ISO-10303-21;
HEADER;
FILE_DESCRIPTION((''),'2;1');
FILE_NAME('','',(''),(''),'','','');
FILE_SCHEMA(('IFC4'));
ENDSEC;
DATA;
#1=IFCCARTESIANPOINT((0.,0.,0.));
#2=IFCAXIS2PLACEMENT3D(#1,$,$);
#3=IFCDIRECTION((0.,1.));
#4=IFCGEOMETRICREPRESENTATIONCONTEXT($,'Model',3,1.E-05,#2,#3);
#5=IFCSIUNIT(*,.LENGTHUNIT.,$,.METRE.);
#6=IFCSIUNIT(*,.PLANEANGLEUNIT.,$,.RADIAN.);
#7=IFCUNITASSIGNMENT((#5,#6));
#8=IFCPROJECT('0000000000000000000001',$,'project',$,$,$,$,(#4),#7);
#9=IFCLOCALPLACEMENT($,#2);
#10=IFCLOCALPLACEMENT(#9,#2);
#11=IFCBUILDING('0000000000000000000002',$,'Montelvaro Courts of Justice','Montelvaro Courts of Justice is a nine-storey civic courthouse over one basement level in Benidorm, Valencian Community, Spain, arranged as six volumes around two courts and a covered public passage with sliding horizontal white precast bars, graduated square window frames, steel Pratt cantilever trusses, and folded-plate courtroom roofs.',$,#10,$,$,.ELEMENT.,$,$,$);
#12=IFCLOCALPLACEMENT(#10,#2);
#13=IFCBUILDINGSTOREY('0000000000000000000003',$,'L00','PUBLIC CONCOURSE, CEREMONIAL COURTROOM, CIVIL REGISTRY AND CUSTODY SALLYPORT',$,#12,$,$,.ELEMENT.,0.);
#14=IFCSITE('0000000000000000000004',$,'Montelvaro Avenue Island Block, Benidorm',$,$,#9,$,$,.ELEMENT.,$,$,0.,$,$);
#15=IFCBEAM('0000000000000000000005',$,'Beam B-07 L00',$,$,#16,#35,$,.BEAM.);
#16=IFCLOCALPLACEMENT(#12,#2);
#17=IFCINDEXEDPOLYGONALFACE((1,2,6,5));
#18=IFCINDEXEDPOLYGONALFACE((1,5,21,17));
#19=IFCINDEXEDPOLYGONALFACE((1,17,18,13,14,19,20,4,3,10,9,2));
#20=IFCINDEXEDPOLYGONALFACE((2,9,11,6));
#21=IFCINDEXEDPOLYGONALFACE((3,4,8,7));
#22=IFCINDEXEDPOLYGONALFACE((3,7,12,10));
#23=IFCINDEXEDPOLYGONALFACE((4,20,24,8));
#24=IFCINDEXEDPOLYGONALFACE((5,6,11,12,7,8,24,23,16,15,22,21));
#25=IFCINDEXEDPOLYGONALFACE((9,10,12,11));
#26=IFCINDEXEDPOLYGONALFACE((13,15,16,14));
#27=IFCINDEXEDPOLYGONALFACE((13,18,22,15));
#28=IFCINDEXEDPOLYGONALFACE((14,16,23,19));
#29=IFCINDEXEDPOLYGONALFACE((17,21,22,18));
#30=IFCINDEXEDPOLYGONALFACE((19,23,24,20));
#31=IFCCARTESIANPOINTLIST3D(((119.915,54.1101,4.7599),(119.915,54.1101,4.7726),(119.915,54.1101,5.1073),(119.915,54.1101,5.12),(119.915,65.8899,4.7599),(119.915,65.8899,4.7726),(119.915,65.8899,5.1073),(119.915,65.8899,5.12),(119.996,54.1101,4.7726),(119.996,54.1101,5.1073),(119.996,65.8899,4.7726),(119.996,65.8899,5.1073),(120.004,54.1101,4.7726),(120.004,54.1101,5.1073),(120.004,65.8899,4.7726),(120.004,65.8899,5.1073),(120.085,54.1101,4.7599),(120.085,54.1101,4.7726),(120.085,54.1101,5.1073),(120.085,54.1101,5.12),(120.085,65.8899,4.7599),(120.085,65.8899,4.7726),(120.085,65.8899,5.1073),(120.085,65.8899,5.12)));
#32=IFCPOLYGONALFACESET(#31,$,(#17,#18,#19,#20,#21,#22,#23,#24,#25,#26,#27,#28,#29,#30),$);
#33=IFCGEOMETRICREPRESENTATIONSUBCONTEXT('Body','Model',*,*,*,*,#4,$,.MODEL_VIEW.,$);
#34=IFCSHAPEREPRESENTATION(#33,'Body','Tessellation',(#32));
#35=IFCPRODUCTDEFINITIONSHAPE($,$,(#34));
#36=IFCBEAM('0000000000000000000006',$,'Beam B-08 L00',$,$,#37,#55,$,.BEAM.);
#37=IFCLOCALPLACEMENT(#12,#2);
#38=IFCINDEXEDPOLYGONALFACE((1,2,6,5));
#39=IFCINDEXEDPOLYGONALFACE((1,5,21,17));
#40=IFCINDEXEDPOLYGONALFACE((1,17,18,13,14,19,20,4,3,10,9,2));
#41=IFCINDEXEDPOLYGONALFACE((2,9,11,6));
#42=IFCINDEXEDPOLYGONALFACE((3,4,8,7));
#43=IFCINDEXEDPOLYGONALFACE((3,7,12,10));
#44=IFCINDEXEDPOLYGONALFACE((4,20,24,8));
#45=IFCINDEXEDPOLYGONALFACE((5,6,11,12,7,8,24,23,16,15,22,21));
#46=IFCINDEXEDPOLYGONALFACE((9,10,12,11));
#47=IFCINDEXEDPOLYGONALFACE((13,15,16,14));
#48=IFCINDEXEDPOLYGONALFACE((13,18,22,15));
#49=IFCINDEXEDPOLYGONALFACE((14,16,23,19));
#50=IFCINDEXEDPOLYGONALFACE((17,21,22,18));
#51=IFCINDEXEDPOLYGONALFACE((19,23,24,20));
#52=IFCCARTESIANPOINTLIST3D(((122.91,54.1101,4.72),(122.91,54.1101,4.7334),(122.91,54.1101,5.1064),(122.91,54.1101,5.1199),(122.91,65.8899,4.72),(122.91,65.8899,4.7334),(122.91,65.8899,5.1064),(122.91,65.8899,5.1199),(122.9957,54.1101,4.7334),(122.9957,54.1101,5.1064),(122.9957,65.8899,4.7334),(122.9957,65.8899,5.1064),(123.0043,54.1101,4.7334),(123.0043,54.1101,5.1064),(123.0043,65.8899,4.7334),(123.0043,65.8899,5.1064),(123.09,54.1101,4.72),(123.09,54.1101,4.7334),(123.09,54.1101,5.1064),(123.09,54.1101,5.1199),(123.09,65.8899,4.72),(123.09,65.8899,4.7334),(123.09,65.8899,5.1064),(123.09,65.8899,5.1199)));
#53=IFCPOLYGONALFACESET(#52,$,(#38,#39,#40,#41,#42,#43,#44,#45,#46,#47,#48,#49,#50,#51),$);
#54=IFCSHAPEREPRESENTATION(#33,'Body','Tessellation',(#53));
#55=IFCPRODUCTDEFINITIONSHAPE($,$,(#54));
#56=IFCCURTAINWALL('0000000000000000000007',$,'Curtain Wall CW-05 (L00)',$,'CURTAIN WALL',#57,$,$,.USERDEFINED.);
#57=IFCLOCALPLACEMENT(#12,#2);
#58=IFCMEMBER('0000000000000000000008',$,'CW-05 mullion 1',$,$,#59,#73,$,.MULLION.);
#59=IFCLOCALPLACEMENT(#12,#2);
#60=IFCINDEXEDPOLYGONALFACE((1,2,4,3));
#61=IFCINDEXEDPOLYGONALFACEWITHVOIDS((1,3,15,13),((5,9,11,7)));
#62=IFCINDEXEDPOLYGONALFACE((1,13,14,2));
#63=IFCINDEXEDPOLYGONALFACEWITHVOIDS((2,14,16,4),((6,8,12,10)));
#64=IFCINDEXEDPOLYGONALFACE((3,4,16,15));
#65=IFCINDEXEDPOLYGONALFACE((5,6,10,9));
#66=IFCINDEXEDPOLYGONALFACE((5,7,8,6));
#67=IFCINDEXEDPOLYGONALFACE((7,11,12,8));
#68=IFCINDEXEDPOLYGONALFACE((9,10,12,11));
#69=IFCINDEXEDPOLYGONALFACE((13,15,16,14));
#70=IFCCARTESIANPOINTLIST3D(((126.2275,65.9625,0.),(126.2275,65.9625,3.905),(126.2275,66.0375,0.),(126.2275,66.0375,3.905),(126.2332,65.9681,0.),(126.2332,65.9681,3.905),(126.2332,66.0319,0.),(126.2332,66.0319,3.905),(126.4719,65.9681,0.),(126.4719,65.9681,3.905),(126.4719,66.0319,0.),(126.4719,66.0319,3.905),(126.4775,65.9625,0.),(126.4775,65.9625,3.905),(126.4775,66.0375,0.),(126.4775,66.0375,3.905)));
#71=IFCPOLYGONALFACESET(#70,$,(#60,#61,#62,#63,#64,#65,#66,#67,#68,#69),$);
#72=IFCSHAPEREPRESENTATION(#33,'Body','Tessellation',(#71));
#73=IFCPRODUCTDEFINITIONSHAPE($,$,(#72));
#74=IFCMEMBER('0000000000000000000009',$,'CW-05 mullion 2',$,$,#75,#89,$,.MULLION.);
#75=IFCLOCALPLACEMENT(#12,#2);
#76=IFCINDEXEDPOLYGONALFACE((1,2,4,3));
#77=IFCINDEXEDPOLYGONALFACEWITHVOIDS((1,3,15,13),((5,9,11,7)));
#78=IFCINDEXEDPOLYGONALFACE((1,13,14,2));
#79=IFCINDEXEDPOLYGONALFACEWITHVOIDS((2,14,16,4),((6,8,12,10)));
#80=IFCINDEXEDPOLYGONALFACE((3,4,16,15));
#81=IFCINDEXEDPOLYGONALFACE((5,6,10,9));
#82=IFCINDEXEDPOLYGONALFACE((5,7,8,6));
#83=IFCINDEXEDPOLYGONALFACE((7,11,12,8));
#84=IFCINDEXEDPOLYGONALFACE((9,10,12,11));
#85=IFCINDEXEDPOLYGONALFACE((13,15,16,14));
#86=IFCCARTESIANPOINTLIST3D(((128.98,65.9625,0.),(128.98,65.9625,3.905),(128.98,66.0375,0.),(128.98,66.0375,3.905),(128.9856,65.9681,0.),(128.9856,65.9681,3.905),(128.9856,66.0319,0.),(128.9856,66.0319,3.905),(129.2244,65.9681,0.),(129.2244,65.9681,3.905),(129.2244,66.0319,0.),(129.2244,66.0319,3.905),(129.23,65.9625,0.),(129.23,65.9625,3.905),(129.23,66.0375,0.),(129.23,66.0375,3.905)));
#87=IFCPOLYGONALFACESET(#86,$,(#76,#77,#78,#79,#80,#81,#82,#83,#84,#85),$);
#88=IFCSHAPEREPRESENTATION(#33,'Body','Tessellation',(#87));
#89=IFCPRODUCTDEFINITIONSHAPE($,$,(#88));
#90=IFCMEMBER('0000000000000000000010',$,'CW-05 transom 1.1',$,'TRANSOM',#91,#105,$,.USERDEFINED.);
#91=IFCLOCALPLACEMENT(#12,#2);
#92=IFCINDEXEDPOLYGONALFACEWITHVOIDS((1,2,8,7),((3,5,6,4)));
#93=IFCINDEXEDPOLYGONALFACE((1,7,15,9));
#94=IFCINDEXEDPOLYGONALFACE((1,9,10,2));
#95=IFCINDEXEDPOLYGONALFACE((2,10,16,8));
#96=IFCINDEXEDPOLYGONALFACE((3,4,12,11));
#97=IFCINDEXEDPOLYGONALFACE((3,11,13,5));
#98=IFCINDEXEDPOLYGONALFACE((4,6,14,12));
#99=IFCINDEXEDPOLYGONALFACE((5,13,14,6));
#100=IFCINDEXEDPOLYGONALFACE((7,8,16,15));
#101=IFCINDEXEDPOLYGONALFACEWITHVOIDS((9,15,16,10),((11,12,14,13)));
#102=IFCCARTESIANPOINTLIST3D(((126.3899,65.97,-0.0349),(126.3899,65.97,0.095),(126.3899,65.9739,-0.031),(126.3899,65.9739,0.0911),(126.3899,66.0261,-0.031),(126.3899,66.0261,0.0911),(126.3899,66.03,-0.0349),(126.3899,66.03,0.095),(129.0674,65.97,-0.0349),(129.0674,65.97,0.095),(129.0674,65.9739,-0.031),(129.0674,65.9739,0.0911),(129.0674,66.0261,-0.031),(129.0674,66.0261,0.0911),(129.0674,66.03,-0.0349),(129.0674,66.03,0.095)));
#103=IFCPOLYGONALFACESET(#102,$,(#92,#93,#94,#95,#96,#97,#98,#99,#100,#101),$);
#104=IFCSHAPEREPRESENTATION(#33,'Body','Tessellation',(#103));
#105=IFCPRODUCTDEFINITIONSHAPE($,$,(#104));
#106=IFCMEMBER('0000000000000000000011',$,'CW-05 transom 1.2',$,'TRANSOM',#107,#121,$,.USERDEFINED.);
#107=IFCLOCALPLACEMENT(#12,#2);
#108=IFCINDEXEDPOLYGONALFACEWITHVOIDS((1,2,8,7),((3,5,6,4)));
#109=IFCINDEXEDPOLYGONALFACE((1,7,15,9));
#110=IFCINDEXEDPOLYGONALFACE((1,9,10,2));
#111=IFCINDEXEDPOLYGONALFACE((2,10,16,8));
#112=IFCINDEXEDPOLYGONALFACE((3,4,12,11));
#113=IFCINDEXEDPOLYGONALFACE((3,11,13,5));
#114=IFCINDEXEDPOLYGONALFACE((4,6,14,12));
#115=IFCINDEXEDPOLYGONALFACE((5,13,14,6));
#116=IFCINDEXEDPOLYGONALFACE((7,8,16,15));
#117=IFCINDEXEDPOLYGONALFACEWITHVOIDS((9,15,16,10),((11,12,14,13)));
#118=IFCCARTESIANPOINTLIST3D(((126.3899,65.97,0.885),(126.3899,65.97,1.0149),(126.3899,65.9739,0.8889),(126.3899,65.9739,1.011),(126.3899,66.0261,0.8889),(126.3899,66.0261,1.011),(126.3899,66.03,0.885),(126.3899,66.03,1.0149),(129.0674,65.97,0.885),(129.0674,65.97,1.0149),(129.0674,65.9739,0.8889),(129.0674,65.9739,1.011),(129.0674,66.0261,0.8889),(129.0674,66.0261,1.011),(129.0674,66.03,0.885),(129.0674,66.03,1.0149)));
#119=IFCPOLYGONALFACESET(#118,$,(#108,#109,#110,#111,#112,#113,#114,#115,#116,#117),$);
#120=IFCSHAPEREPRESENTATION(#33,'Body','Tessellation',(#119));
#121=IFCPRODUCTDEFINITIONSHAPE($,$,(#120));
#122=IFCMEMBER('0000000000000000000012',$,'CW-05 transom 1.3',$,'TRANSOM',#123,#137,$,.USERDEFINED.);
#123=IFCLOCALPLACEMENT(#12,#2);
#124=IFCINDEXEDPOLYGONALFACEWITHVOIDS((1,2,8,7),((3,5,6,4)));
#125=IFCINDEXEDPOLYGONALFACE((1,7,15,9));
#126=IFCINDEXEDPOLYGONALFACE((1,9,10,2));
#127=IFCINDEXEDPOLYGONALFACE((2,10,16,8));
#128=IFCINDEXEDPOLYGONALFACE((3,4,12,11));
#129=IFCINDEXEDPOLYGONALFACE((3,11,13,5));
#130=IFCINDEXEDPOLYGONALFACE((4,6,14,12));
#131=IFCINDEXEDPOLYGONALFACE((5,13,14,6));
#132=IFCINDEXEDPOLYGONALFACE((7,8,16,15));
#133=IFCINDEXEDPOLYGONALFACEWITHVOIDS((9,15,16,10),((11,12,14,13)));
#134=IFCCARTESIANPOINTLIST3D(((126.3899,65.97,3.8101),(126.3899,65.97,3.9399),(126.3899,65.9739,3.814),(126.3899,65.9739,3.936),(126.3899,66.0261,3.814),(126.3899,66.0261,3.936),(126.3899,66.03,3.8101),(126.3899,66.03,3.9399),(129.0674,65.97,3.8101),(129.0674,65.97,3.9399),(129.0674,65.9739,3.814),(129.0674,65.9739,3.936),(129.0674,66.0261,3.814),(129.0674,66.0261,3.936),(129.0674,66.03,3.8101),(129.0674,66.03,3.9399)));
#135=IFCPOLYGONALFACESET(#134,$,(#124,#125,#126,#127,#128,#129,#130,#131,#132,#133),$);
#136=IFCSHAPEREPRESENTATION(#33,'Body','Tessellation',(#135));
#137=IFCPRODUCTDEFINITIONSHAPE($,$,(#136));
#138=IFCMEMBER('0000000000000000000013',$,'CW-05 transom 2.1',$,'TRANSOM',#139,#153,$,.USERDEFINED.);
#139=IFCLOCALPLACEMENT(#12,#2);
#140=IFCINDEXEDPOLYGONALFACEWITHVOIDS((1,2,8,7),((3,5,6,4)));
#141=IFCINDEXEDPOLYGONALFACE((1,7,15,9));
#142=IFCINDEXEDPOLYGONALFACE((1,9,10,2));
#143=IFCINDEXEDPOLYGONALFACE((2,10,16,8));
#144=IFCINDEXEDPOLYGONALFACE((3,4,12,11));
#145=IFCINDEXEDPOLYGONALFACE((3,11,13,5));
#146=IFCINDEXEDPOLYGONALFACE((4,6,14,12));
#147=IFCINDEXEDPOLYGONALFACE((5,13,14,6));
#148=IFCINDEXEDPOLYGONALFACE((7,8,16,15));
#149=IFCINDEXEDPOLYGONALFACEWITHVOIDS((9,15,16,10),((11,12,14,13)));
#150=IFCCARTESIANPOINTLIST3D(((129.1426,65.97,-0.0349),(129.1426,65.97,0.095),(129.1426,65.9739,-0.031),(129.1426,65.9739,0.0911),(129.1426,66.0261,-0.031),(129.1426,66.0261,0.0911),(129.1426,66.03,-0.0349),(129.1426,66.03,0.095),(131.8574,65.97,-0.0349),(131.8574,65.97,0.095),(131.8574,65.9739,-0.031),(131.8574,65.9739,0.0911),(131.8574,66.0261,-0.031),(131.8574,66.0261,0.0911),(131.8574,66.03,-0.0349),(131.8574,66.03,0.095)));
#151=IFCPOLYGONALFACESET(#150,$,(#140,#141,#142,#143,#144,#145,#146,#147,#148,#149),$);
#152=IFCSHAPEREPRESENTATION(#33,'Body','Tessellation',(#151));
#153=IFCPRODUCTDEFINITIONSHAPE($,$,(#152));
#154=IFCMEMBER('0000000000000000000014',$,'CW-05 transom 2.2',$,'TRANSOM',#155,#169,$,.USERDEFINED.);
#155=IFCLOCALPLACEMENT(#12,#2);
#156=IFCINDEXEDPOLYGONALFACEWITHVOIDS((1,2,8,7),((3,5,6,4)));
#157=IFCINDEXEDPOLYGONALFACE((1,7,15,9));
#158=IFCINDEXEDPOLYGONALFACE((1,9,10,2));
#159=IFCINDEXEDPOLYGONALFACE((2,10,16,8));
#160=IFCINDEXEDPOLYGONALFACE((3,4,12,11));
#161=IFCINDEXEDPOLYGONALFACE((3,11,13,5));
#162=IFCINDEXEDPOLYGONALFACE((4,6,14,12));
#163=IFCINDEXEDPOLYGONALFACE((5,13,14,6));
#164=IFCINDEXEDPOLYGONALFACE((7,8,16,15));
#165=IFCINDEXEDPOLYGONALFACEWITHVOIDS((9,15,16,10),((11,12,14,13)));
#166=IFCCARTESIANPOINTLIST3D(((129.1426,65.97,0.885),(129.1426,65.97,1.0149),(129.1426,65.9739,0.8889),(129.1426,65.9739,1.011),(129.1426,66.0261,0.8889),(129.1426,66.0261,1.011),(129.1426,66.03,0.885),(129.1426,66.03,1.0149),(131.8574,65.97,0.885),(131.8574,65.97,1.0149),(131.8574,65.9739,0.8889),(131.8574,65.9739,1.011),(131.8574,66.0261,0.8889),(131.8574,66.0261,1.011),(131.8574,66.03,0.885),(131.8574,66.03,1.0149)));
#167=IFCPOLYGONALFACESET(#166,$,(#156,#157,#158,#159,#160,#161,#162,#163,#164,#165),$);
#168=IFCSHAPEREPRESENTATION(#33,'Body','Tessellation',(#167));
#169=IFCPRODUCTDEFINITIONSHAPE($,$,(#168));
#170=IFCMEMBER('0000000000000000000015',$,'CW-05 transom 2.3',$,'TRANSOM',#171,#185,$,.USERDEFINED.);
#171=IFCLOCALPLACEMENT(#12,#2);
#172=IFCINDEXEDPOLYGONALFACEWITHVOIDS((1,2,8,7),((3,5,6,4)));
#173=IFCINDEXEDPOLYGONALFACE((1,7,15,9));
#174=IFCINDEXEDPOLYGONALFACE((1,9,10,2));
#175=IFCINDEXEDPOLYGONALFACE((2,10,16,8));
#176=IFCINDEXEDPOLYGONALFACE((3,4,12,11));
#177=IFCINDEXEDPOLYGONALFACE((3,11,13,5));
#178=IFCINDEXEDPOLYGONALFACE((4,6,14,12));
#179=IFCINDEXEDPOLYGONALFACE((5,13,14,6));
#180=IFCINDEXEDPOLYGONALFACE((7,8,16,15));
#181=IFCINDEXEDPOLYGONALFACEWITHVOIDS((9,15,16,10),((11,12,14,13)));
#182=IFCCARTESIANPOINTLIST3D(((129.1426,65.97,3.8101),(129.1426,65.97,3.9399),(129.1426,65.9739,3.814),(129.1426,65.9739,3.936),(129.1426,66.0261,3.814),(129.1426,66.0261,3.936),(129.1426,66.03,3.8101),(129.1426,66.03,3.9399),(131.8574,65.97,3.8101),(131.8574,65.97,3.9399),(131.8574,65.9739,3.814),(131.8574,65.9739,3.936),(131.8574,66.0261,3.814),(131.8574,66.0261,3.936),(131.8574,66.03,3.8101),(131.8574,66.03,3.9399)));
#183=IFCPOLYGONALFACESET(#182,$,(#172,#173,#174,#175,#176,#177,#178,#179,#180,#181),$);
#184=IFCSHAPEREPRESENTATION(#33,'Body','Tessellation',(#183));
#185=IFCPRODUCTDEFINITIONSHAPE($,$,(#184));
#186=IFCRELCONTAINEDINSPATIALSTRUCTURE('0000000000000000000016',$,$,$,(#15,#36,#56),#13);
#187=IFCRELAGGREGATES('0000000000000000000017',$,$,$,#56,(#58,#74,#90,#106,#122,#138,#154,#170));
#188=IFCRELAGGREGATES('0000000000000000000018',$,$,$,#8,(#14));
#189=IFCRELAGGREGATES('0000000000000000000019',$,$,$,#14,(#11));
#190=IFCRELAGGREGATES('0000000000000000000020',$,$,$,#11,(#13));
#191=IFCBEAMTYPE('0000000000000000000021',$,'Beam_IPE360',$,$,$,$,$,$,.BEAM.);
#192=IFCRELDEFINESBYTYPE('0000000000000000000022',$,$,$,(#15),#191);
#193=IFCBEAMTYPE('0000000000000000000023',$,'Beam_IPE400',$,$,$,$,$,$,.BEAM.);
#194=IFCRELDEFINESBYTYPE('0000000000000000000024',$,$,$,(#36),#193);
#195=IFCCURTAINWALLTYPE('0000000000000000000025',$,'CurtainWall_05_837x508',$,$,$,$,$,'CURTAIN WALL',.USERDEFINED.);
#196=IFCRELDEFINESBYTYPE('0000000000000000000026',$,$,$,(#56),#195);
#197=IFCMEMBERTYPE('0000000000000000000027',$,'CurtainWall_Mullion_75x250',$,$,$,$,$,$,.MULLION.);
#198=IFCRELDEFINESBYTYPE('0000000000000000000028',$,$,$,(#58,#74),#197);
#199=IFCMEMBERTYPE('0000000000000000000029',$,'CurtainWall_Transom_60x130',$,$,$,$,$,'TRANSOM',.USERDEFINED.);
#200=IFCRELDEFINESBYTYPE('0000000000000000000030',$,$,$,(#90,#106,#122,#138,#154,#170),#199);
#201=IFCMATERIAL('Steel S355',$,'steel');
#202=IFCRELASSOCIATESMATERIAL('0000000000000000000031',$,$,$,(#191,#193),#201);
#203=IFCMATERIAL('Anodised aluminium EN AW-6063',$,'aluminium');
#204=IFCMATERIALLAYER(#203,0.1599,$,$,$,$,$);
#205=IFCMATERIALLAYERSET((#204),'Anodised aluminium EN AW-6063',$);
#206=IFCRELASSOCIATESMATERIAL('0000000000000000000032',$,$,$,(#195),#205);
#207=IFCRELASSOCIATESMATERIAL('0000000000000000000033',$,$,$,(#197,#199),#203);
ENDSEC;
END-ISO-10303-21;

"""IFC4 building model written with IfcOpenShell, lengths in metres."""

from ifc_helpers import new_model, si_unit, direction, frame, origin, origin_2d, place, context, subcontext, project, spatial, hollow_rectangle, i_section, extrude, material, layer, layer_set, material_profile, profile_set, type_object, element, aggregate, save


model = new_model("IFC4")

# Units and contexts
model_context = context("Model", 3, precision=1e-05, world=origin(), true_north=direction((0.0, 1.0)))
body_context = subcontext(model_context, "Body", "Model", "MODEL_VIEW")
ifc_project = project(units=[si_unit("LENGTHUNIT", "METRE"), si_unit("PLANEANGLEUNIT", "RADIAN")], contexts=[model_context])

# Site, building, storey
site_placement = place(None, origin())
site = spatial("IfcSite", under=ifc_project, at=site_placement, Name="Montelvaro Avenue Island Block, Benidorm", CompositionType="ELEMENT", RefElevation=0.0)
building_placement = place(site_placement, origin())
building = spatial("IfcBuilding", under=site, at=building_placement, Name="Montelvaro Courts of Justice", Description="Montelvaro Courts of Justice is a nine-storey civic courthouse over one basement level in Benidorm, Valencian Community, Spain, arranged as six volumes around two courts and a covered public passage with sliding horizontal white precast bars, graduated square window frames, steel Pratt cantilever trusses, and folded-plate courtroom roofs.", CompositionType="ELEMENT")
storey_placement = place(building_placement, origin())
storey = spatial("IfcBuildingStorey", under=building, at=storey_placement, Name="L00", Description="PUBLIC CONCOURSE, CEREMONIAL COURTROOM, CIVIL REGISTRY AND CUSTODY SALLYPORT", CompositionType="ELEMENT", Elevation=0.0)

# Shared definitions
ifc_material_1 = material(Name="Steel S355", Category="steel")

# Beams
ifc_material_profile_1 = material_profile(ifc_material_1, i_section(OverallWidth=0.1699, OverallDepth=0.3601, WebThickness=0.0081, FlangeThickness=0.0127, at=origin_2d()), Name="IPE 360")
ifc_profile_set_1 = profile_set([ifc_material_profile_1], Name="Steel S355")
beam_type_1 = type_object("IfcBeamType", Name="Beam_IPE360", PredefinedType="BEAM", material=ifc_profile_set_1)
beam_1_placement = place(storey_placement, frame((120.0, 54.1101, 4.9399), z_axis=(0.0, 1.0, 0.0), x_axis=(-1.0, 0.0, 0.0)))
element("IfcBeam", 1, at=beam_1_placement, inside=storey, type_object=beam_type_1, Name="Beam B-07 L00", PredefinedType="BEAM", context=body_context, shape_type="SweptSolid", body=[
    extrude(i_section(OverallWidth=0.1699, OverallDepth=0.3601, WebThickness=0.0081, FlangeThickness=0.0127, at=origin_2d()), origin(), (0.0, 0.0, 1.0), 11.7798),
])
ifc_material_profile_2 = material_profile(ifc_material_1, i_section(OverallWidth=0.1799, OverallDepth=0.3999, WebThickness=0.0085, FlangeThickness=0.0134, at=origin_2d()), Name="IPE 400")
ifc_profile_set_2 = profile_set([ifc_material_profile_2], Name="Steel S355")
beam_type_2 = type_object("IfcBeamType", Name="Beam_IPE400", PredefinedType="BEAM", material=ifc_profile_set_2)
beam_2_placement = place(storey_placement, frame((123.0, 54.1101, 4.9199), z_axis=(0.0, 1.0, 0.0), x_axis=(-1.0, 0.0, 0.0)))
element("IfcBeam", 2, at=beam_2_placement, inside=storey, type_object=beam_type_2, Name="Beam B-08 L00", PredefinedType="BEAM", context=body_context, shape_type="SweptSolid", body=[
    extrude(i_section(OverallWidth=0.1799, OverallDepth=0.3999, WebThickness=0.0085, FlangeThickness=0.0134, at=origin_2d()), origin(), (0.0, 0.0, 1.0), 11.7798),
])

# Curtain wall, members
ifc_material_2 = material(Name="Anodised aluminium EN AW-6063", Category="aluminium")
ifc_layer_1 = layer(ifc_material_2, 0.1599)
ifc_layer_set_1 = layer_set([ifc_layer_1], Name="Anodised aluminium EN AW-6063")
curtain_wall_type = type_object("IfcCurtainWallType", Name="CurtainWall_05_837x508", ElementType="CURTAIN WALL", PredefinedType="USERDEFINED", material=ifc_layer_set_1)
curtain_wall_placement = place(storey_placement, origin())
curtain_wall = element("IfcCurtainWall", 3, at=curtain_wall_placement, inside=storey, type_object=curtain_wall_type, Name="Curtain Wall CW-05 (L00)", ObjectType="CURTAIN WALL", PredefinedType="USERDEFINED")
ifc_material_profile_3 = material_profile(ifc_material_2, hollow_rectangle(XDim=0.075, YDim=0.25, WallThickness=0.0056, at=origin_2d()), Name="ALU-M 75x250")
ifc_profile_set_3 = profile_set([ifc_material_profile_3], Name="Anodised aluminium EN AW-6063")
member_type_1 = type_object("IfcMemberType", Name="CurtainWall_Mullion_75x250", PredefinedType="MULLION", material=ifc_profile_set_3)
member_1_placement = place(storey_placement, frame((126.3525, 66.0, 0.0), z_axis=(0.0, 0.0, 1.0), x_axis=(0.0, 1.0, 0.0)))
member_1 = element("IfcMember", 4, at=member_1_placement, type_object=member_type_1, Name="CW-05 mullion 1", PredefinedType="MULLION", context=body_context, shape_type="SweptSolid", body=[
    extrude(hollow_rectangle(XDim=0.075, YDim=0.25, WallThickness=0.0056, at=origin_2d()), origin(), (0.0, 0.0, 1.0), 3.905),
])
member_2_placement = place(storey_placement, frame((129.105, 66.0, 0.0), z_axis=(0.0, 0.0, 1.0), x_axis=(0.0, 1.0, 0.0)))
member_2 = element("IfcMember", 5, at=member_2_placement, type_object=member_type_1, Name="CW-05 mullion 2", PredefinedType="MULLION", context=body_context, shape_type="SweptSolid", body=[
    extrude(hollow_rectangle(XDim=0.075, YDim=0.25, WallThickness=0.0056, at=origin_2d()), origin(), (0.0, 0.0, 1.0), 3.905),
])
ifc_material_profile_4 = material_profile(ifc_material_2, hollow_rectangle(XDim=0.0601, YDim=0.1299, WallThickness=0.0039, at=origin_2d()), Name="ALU-T 60x130")
ifc_profile_set_4 = profile_set([ifc_material_profile_4], Name="Anodised aluminium EN AW-6063")
member_type_2 = type_object("IfcMemberType", Name="CurtainWall_Transom_60x130", ElementType="TRANSOM", PredefinedType="USERDEFINED", material=ifc_profile_set_4)
member_3_placement = place(storey_placement, frame((126.3899, 66.0, 0.03), z_axis=(1.0, 0.0, 0.0), x_axis=(0.0, 1.0, 0.0)))
member_3 = element("IfcMember", 6, at=member_3_placement, type_object=member_type_2, Name="CW-05 transom 1.1", ObjectType="TRANSOM", PredefinedType="USERDEFINED", context=body_context, shape_type="SweptSolid", body=[
    extrude(hollow_rectangle(XDim=0.0601, YDim=0.1299, WallThickness=0.0039, at=origin_2d()), origin(), (0.0, 0.0, 1.0), 2.6775),
])
member_4_placement = place(storey_placement, frame((126.3899, 66.0, 0.95), z_axis=(1.0, 0.0, 0.0), x_axis=(0.0, 1.0, 0.0)))
member_4 = element("IfcMember", 7, at=member_4_placement, type_object=member_type_2, Name="CW-05 transom 1.2", ObjectType="TRANSOM", PredefinedType="USERDEFINED", context=body_context, shape_type="SweptSolid", body=[
    extrude(hollow_rectangle(XDim=0.0601, YDim=0.1299, WallThickness=0.0039, at=origin_2d()), origin(), (0.0, 0.0, 1.0), 2.6775),
])
member_5_placement = place(storey_placement, frame((126.3899, 66.0, 3.875), z_axis=(1.0, 0.0, 0.0), x_axis=(0.0, 1.0, 0.0)))
member_5 = element("IfcMember", 8, at=member_5_placement, type_object=member_type_2, Name="CW-05 transom 1.3", ObjectType="TRANSOM", PredefinedType="USERDEFINED", context=body_context, shape_type="SweptSolid", body=[
    extrude(hollow_rectangle(XDim=0.0601, YDim=0.1299, WallThickness=0.0039, at=origin_2d()), origin(), (0.0, 0.0, 1.0), 2.6775),
])
member_6_placement = place(storey_placement, frame((129.1426, 66.0, 0.03), z_axis=(1.0, 0.0, 0.0), x_axis=(0.0, 1.0, 0.0)))
member_6 = element("IfcMember", 9, at=member_6_placement, type_object=member_type_2, Name="CW-05 transom 2.1", ObjectType="TRANSOM", PredefinedType="USERDEFINED", context=body_context, shape_type="SweptSolid", body=[
    extrude(hollow_rectangle(XDim=0.0601, YDim=0.1299, WallThickness=0.0039, at=origin_2d()), origin(), (0.0, 0.0, 1.0), 2.7148),
])
member_7_placement = place(storey_placement, frame((129.1426, 66.0, 0.95), z_axis=(1.0, 0.0, 0.0), x_axis=(0.0, 1.0, 0.0)))
member_7 = element("IfcMember", 10, at=member_7_placement, type_object=member_type_2, Name="CW-05 transom 2.2", ObjectType="TRANSOM", PredefinedType="USERDEFINED", context=body_context, shape_type="SweptSolid", body=[
    extrude(hollow_rectangle(XDim=0.0601, YDim=0.1299, WallThickness=0.0039, at=origin_2d()), origin(), (0.0, 0.0, 1.0), 2.7148),
])
member_8_placement = place(storey_placement, frame((129.1426, 66.0, 3.875), z_axis=(1.0, 0.0, 0.0), x_axis=(0.0, 1.0, 0.0)))
member_8 = element("IfcMember", 11, at=member_8_placement, type_object=member_type_2, Name="CW-05 transom 2.3", ObjectType="TRANSOM", PredefinedType="USERDEFINED", context=body_context, shape_type="SweptSolid", body=[
    extrude(hollow_rectangle(XDim=0.0601, YDim=0.1299, WallThickness=0.0039, at=origin_2d()), origin(), (0.0, 0.0, 1.0), 2.7148),
])

aggregate(curtain_wall, [member_1, member_2, member_3, member_4, member_5, member_6, member_7, member_8])

save(model, "model.ifc")
